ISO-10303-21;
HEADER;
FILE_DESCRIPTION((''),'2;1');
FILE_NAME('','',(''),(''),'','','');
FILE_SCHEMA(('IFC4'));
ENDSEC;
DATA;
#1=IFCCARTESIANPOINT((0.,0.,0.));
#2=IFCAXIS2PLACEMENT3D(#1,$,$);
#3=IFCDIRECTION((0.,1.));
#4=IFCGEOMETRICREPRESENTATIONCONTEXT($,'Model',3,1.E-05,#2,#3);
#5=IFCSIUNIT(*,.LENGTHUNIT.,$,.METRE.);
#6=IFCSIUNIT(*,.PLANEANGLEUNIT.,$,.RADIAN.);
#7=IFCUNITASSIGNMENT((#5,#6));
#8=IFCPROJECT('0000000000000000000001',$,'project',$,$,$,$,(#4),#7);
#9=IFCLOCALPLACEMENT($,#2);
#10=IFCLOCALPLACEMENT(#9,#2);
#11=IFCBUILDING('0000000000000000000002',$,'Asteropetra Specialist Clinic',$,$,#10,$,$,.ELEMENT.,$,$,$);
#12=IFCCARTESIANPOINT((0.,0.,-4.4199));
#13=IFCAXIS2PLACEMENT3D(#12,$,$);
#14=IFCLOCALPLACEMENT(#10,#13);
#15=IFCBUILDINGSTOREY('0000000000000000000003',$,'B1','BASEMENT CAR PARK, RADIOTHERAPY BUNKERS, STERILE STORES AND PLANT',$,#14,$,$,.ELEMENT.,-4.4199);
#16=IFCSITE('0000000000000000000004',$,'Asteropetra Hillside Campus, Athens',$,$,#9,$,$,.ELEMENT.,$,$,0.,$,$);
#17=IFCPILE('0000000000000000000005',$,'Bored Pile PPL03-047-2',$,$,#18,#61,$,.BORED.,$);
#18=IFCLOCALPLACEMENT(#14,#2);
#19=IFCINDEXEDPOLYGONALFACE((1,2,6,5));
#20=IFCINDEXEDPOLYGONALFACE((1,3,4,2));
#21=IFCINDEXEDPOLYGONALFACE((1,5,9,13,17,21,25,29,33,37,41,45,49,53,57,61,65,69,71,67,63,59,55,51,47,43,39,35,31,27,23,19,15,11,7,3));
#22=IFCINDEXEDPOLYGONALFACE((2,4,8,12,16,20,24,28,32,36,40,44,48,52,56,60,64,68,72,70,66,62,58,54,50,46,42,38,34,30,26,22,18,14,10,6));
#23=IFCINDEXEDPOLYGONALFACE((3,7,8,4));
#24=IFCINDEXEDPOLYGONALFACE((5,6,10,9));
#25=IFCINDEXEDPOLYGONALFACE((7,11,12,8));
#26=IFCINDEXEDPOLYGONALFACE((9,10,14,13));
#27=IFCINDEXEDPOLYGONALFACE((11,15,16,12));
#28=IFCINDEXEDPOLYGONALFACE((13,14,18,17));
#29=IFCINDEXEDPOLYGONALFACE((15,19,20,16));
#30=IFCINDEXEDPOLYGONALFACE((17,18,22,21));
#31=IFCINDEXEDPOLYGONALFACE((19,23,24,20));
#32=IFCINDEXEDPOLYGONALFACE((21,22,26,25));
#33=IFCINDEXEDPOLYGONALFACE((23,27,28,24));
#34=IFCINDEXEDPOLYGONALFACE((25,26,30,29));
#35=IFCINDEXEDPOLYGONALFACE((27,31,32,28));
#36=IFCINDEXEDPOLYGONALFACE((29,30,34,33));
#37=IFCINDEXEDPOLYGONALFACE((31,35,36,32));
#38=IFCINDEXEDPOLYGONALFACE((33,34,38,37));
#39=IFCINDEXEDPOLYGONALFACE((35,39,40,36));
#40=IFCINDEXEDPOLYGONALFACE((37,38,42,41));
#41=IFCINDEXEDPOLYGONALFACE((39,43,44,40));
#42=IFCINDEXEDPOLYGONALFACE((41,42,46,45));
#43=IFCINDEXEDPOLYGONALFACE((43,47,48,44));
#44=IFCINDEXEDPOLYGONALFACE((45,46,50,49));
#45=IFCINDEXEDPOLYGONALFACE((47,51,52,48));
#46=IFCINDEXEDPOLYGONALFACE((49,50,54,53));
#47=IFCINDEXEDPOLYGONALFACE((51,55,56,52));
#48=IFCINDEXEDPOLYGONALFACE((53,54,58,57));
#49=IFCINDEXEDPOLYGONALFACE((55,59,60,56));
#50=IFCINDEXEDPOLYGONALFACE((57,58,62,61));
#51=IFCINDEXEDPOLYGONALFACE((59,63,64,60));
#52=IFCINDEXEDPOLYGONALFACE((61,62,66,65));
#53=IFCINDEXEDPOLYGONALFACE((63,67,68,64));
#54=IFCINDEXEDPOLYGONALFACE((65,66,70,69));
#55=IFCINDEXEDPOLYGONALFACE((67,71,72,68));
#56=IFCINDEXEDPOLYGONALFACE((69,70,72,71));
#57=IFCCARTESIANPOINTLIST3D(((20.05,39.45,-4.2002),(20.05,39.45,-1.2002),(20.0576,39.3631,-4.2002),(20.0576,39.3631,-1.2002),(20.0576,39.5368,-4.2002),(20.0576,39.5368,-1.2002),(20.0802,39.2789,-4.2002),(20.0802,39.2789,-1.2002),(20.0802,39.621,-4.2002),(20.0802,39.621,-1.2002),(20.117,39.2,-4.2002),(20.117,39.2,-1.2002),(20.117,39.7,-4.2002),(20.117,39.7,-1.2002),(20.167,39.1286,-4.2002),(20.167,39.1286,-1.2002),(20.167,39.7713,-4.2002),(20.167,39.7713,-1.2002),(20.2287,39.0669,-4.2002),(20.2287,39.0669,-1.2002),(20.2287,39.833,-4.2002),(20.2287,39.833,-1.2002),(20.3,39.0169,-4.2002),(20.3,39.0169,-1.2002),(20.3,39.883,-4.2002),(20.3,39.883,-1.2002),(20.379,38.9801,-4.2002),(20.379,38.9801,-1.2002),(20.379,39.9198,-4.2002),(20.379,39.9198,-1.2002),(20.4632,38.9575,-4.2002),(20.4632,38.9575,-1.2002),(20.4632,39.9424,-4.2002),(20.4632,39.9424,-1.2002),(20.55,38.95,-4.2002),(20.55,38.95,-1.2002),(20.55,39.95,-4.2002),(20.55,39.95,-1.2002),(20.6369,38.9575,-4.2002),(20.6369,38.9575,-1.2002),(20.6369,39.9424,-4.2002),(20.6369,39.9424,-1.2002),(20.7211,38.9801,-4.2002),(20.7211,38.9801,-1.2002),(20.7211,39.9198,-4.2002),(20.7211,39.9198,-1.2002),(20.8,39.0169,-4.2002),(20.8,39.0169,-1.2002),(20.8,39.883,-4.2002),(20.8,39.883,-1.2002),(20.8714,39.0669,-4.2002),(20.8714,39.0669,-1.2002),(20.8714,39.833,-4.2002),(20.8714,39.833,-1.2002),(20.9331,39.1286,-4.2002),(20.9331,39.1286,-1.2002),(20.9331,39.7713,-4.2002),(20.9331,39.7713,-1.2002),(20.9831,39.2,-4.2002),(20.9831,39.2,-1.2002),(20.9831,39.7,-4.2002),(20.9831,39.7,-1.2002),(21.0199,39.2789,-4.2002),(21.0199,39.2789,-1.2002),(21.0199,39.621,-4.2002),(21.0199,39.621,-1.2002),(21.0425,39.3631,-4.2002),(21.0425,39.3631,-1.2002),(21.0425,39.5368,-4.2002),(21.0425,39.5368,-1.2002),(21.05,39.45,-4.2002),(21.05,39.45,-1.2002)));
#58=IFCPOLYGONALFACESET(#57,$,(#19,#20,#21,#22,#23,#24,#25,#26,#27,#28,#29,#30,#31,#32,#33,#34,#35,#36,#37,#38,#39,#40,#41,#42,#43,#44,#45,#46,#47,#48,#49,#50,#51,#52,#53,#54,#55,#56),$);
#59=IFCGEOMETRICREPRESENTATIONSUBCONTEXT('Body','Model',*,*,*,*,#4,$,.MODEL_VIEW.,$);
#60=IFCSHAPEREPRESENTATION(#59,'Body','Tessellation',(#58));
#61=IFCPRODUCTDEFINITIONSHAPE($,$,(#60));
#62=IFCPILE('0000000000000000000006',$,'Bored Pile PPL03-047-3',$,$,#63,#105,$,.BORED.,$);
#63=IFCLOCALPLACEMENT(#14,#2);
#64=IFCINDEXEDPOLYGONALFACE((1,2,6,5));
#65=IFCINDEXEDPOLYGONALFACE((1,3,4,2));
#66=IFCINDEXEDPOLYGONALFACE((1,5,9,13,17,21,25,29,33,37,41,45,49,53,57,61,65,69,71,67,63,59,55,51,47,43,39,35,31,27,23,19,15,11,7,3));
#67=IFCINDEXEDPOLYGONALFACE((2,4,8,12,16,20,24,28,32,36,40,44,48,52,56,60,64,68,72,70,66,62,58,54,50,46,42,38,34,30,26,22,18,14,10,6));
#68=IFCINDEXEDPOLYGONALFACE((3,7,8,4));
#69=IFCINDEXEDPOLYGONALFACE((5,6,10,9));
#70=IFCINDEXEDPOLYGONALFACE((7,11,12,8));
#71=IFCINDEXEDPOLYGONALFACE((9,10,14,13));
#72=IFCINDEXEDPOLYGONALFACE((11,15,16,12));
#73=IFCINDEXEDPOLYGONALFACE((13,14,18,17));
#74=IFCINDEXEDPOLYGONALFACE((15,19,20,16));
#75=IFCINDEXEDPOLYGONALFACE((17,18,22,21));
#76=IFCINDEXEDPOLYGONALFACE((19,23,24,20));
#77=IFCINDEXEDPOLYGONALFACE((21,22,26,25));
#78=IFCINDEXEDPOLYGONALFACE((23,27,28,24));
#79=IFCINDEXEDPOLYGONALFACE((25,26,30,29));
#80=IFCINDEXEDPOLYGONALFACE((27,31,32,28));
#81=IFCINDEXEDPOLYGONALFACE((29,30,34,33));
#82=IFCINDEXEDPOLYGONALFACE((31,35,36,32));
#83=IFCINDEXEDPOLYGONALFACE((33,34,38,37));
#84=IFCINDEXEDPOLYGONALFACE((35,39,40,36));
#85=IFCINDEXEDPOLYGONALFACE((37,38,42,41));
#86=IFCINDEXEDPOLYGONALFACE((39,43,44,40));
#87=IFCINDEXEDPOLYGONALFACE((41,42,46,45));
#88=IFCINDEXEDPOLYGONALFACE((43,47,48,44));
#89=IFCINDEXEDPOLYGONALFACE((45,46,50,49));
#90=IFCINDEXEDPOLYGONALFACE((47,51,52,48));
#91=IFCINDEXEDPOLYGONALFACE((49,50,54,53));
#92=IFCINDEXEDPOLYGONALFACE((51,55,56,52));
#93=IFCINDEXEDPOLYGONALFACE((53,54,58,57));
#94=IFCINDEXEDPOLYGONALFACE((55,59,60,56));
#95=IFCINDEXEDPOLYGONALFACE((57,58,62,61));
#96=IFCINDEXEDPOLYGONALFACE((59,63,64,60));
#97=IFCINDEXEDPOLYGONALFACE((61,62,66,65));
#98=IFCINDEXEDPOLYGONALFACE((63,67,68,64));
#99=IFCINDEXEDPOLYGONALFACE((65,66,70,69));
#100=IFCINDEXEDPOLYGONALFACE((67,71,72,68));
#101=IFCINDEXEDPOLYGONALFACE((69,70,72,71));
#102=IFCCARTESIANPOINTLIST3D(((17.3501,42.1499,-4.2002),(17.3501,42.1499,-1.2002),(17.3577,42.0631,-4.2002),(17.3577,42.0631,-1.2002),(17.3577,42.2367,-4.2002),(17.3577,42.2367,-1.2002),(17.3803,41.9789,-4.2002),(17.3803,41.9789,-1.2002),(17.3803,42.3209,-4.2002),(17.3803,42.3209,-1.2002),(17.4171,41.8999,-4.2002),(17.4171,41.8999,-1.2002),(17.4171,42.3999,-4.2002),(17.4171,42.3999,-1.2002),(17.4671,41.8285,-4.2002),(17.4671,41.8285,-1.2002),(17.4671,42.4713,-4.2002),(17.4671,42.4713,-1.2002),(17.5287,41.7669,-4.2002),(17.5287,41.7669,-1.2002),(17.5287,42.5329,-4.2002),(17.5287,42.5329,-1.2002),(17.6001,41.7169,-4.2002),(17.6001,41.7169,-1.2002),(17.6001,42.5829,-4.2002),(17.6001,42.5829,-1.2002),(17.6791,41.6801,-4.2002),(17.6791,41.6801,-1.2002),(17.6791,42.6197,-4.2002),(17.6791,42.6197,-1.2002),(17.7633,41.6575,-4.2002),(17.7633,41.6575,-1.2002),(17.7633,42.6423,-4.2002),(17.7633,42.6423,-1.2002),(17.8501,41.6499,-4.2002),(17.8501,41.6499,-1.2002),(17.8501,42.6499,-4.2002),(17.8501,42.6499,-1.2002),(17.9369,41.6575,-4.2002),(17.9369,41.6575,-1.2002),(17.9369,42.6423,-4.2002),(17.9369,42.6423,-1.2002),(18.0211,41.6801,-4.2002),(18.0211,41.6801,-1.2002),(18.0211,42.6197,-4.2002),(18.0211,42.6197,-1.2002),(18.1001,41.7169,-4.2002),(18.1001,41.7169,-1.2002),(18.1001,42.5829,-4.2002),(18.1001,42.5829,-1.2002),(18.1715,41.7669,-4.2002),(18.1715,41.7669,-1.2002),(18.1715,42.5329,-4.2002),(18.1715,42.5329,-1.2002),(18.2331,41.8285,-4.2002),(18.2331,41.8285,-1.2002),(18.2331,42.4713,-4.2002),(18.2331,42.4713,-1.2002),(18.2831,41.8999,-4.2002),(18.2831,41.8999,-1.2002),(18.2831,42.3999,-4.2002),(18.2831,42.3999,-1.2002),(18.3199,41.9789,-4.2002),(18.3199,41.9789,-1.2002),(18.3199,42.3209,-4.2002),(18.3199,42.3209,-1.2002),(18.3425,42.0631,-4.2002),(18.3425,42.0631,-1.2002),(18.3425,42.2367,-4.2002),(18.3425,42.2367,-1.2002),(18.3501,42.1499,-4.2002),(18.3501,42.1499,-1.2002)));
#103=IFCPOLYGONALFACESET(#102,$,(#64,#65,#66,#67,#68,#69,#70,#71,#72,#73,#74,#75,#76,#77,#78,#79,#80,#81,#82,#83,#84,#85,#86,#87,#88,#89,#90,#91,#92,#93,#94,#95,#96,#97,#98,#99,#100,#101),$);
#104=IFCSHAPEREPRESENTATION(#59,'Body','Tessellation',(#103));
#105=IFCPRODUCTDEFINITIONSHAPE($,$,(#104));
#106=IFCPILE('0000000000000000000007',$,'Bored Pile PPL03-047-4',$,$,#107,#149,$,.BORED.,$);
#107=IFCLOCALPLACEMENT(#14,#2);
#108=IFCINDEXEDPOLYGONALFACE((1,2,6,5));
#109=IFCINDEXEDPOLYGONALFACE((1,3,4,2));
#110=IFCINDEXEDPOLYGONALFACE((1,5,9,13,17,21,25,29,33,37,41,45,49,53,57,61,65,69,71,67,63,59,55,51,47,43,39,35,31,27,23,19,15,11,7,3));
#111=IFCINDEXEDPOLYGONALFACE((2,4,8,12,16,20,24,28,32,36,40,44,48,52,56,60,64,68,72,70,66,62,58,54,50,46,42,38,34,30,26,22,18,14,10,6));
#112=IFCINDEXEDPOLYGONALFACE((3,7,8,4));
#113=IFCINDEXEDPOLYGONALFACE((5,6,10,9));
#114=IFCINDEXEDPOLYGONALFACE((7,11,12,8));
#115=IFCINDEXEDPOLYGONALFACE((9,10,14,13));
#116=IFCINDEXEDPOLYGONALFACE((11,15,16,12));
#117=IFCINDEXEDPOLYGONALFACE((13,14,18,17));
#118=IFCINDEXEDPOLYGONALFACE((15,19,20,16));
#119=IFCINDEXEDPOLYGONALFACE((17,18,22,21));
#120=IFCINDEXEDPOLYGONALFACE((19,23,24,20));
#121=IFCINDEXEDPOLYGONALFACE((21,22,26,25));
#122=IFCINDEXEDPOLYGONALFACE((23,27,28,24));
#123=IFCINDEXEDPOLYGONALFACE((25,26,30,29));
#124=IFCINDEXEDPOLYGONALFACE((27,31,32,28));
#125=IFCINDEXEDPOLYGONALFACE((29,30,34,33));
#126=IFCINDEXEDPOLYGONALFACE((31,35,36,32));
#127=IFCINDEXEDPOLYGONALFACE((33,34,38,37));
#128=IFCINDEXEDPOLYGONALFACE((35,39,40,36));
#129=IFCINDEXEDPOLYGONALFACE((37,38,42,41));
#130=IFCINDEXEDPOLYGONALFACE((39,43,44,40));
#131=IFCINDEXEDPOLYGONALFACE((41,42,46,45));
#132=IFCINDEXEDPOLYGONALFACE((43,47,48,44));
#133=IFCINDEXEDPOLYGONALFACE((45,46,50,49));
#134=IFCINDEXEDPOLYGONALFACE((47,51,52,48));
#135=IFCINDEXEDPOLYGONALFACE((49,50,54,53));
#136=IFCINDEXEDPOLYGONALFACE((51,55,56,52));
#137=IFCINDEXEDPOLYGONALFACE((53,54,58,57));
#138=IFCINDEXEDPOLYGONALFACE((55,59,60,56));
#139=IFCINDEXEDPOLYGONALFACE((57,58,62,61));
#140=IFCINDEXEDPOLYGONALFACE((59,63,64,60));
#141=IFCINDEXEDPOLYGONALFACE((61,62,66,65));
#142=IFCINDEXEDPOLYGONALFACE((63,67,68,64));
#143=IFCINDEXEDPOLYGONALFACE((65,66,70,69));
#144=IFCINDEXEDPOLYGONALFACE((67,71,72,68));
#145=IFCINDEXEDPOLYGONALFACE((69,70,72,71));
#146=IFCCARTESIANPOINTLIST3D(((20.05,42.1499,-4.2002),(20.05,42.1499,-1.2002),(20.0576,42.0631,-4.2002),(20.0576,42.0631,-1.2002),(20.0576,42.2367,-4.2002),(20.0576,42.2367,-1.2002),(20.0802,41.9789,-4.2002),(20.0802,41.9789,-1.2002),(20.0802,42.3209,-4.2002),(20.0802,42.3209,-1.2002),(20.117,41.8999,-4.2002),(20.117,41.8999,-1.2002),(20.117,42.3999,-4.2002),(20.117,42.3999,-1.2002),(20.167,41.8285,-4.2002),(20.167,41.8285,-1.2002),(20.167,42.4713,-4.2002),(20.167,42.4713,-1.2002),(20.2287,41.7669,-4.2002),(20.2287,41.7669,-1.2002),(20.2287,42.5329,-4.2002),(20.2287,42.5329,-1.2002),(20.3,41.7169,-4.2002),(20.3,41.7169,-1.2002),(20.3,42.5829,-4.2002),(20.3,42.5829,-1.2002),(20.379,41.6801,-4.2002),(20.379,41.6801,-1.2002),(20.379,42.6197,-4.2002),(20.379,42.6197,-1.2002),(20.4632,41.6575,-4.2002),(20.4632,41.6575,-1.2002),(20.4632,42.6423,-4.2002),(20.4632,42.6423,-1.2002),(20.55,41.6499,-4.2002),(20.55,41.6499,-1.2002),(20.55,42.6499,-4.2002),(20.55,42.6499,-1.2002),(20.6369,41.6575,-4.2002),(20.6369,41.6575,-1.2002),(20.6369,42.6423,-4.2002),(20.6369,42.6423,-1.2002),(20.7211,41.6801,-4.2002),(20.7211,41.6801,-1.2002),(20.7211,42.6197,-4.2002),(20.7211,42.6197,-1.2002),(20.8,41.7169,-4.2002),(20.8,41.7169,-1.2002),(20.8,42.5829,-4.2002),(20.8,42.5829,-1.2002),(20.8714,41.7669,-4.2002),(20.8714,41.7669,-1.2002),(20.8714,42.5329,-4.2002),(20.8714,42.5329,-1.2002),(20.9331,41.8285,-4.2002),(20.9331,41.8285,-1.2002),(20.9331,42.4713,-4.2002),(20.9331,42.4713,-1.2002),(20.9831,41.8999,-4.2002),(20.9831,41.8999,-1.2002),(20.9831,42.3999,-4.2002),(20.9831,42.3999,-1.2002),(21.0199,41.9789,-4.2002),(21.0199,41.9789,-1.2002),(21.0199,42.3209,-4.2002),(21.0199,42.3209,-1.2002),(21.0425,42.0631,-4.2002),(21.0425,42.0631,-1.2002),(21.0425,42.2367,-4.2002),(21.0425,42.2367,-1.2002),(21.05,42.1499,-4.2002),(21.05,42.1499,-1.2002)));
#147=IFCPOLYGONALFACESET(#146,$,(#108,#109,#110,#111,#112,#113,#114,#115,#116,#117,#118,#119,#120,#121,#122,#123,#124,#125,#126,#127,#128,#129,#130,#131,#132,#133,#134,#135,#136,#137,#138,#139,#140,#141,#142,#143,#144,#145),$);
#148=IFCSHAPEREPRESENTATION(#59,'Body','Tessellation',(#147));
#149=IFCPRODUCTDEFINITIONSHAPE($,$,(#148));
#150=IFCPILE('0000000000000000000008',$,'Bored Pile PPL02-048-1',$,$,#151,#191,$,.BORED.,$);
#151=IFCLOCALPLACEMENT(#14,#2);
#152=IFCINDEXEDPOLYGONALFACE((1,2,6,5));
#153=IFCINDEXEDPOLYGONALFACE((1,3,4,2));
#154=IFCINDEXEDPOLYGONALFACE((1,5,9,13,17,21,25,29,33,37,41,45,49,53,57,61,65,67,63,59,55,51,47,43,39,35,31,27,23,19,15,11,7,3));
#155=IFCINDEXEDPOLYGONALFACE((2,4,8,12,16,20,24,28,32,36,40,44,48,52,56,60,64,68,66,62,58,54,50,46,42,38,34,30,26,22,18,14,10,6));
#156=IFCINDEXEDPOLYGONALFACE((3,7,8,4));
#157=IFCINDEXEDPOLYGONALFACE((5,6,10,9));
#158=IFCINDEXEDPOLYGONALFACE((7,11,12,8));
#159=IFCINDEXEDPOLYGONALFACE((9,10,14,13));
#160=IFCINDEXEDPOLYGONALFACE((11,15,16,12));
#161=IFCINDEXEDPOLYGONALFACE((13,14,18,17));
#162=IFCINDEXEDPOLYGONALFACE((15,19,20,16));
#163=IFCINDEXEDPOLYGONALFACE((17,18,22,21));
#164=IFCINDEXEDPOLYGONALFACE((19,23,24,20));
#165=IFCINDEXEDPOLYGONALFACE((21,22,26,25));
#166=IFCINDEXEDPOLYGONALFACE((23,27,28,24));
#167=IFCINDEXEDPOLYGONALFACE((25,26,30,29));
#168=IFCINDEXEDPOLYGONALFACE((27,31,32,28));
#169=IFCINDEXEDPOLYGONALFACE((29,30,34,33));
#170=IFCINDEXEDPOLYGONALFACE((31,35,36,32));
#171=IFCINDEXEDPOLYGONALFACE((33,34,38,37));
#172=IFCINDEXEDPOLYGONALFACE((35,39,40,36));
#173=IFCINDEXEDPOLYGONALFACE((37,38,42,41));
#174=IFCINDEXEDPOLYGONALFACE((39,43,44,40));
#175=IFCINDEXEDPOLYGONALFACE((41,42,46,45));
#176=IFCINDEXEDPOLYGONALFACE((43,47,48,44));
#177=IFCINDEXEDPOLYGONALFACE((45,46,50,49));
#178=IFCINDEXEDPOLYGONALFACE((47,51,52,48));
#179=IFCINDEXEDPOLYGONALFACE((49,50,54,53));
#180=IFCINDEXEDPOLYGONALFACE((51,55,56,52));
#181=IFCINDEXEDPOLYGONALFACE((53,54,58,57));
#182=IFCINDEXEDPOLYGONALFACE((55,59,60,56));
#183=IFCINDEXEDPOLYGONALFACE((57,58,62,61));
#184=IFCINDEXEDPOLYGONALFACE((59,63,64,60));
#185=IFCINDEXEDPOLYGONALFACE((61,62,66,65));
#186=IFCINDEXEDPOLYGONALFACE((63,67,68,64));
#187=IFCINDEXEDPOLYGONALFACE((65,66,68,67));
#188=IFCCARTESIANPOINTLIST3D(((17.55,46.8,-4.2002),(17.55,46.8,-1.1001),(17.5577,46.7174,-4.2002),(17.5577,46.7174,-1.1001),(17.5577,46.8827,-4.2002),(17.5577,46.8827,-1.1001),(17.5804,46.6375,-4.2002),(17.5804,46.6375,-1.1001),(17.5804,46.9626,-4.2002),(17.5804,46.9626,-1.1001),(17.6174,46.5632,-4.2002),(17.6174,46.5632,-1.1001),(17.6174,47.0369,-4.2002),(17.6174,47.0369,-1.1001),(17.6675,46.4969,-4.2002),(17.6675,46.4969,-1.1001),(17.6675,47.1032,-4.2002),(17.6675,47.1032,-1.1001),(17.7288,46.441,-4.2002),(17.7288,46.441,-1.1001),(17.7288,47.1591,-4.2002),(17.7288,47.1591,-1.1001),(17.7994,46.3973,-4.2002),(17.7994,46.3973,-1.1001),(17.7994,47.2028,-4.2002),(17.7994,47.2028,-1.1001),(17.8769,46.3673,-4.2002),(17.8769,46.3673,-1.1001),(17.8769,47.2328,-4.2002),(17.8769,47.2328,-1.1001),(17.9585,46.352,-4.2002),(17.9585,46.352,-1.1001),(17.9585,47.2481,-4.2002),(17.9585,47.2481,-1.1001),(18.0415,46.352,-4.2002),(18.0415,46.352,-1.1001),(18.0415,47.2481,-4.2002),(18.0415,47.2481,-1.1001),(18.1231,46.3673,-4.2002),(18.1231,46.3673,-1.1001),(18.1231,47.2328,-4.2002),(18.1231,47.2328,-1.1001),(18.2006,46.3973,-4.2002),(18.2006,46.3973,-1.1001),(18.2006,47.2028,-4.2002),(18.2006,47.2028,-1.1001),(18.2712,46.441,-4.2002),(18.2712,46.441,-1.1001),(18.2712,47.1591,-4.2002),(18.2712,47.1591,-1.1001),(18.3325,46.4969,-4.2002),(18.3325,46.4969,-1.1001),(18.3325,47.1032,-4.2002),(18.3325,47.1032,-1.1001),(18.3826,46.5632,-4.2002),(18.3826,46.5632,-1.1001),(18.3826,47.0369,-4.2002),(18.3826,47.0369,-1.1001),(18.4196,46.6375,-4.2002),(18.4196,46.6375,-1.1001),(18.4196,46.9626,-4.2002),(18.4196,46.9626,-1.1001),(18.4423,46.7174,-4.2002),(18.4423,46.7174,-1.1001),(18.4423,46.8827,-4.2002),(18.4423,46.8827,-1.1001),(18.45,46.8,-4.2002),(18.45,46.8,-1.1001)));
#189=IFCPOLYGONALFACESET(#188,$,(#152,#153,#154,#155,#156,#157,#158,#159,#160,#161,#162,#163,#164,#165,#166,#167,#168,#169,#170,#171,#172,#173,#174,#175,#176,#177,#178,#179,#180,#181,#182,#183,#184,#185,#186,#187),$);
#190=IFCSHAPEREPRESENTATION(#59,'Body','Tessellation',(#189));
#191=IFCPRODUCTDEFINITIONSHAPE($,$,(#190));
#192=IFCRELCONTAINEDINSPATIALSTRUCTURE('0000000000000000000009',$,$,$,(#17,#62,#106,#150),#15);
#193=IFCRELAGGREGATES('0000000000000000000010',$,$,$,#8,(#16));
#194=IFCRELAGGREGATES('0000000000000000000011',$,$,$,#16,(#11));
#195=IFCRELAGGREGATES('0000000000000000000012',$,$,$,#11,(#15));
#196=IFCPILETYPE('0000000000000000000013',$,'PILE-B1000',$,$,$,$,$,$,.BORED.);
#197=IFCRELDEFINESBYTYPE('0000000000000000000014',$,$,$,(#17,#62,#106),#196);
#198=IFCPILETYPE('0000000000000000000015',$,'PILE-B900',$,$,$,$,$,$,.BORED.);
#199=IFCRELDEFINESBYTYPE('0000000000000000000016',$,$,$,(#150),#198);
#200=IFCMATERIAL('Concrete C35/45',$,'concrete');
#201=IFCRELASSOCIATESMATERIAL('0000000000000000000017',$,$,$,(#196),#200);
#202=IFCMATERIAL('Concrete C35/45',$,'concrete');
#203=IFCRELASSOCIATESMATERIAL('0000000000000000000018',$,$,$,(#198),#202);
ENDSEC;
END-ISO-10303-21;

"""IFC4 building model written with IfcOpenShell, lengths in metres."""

from ifc_helpers import new_model, si_unit, direction, frame, origin, origin_2d, place, context, subcontext, project, spatial, circle, extrude, material, material_profile, profile_set, type_object, element, save


model = new_model("IFC4")

# Units and contexts
model_context = context("Model", 3, precision=1e-05, world=origin(), true_north=direction((0.0, 1.0)))
body_context = subcontext(model_context, "Body", "Model", "MODEL_VIEW")
ifc_project = project(units=[si_unit("LENGTHUNIT", "METRE"), si_unit("PLANEANGLEUNIT", "RADIAN")], contexts=[model_context])

# Site, building, storey
site_placement = place(None, origin())
site = spatial("IfcSite", under=ifc_project, at=site_placement, Name="Asteropetra Hillside Campus, Athens", CompositionType="ELEMENT", RefElevation=0.0)
building_placement = place(site_placement, origin())
building = spatial("IfcBuilding", under=site, at=building_placement, Name="Asteropetra Specialist Clinic", CompositionType="ELEMENT")
storey_placement = place(building_placement, frame((0.0, 0.0, -4.4199)))
storey = spatial("IfcBuildingStorey", under=building, at=storey_placement, Name="B1", Description="BASEMENT CAR PARK, RADIOTHERAPY BUNKERS, STERILE STORES AND PLANT", CompositionType="ELEMENT", Elevation=-4.4199)

# Piles
ifc_material_1 = material(Name="Concrete C35/45", Category="concrete")
ifc_material_profile_1 = material_profile(ifc_material_1, circle(Radius=0.5, at=origin_2d()), Name="PILE D1000")
ifc_profile_set_1 = profile_set([ifc_material_profile_1], Name="Concrete C35/45")
pile_type_1 = type_object("IfcPileType", Name="PILE-B1000", PredefinedType="BORED", material=ifc_profile_set_1)
for number, where, z_axis, x_axis, name in (
    (1, (20.55, 39.45, -1.2002), (0.0, 0.0, -1.0), (1.0, 0.0, 0.0), "Bored Pile PPL03-047-2"),
    (2, (17.8501, 42.1499, -1.2002), (0.0, 0.0, -1.0), (1.0, 0.0, 0.0), "Bored Pile PPL03-047-3"),
    (3, (20.55, 42.1499, -1.2002), (0.0, 0.0, -1.0), (1.0, 0.0, 0.0), "Bored Pile PPL03-047-4"),
):
    element("IfcPile", number, at=place(storey_placement, frame(where, z_axis=z_axis, x_axis=x_axis)), inside=storey, type_object=pile_type_1, Name=name, PredefinedType="BORED", context=body_context, shape_type="SweptSolid", body=[
        extrude(circle(Radius=0.5, at=origin_2d()), origin(), (0.0, 0.0, 1.0), 3.0),
    ])
ifc_material_2 = material(Name="Concrete C35/45", Category="concrete")
ifc_material_profile_2 = material_profile(ifc_material_2, circle(Radius=0.45, at=origin_2d()), Name="PILE D900")
ifc_profile_set_2 = profile_set([ifc_material_profile_2], Name="Concrete C35/45")
pile_type_2 = type_object("IfcPileType", Name="PILE-B900", PredefinedType="BORED", material=ifc_profile_set_2)
for number, where, z_axis, x_axis, name in (
    (4, (18.0, 46.8, -1.1001), (0.0, 0.0, -1.0), (1.0, 0.0, 0.0), "Bored Pile PPL02-048-1"),
):
    element("IfcPile", number, at=place(storey_placement, frame(where, z_axis=z_axis, x_axis=x_axis)), inside=storey, type_object=pile_type_2, Name=name, PredefinedType="BORED", context=body_context, shape_type="SweptSolid", body=[
        extrude(circle(Radius=0.45, at=origin_2d()), origin(), (0.0, 0.0, 1.0), 3.1001),
    ])

save(model, "model.ifc")
